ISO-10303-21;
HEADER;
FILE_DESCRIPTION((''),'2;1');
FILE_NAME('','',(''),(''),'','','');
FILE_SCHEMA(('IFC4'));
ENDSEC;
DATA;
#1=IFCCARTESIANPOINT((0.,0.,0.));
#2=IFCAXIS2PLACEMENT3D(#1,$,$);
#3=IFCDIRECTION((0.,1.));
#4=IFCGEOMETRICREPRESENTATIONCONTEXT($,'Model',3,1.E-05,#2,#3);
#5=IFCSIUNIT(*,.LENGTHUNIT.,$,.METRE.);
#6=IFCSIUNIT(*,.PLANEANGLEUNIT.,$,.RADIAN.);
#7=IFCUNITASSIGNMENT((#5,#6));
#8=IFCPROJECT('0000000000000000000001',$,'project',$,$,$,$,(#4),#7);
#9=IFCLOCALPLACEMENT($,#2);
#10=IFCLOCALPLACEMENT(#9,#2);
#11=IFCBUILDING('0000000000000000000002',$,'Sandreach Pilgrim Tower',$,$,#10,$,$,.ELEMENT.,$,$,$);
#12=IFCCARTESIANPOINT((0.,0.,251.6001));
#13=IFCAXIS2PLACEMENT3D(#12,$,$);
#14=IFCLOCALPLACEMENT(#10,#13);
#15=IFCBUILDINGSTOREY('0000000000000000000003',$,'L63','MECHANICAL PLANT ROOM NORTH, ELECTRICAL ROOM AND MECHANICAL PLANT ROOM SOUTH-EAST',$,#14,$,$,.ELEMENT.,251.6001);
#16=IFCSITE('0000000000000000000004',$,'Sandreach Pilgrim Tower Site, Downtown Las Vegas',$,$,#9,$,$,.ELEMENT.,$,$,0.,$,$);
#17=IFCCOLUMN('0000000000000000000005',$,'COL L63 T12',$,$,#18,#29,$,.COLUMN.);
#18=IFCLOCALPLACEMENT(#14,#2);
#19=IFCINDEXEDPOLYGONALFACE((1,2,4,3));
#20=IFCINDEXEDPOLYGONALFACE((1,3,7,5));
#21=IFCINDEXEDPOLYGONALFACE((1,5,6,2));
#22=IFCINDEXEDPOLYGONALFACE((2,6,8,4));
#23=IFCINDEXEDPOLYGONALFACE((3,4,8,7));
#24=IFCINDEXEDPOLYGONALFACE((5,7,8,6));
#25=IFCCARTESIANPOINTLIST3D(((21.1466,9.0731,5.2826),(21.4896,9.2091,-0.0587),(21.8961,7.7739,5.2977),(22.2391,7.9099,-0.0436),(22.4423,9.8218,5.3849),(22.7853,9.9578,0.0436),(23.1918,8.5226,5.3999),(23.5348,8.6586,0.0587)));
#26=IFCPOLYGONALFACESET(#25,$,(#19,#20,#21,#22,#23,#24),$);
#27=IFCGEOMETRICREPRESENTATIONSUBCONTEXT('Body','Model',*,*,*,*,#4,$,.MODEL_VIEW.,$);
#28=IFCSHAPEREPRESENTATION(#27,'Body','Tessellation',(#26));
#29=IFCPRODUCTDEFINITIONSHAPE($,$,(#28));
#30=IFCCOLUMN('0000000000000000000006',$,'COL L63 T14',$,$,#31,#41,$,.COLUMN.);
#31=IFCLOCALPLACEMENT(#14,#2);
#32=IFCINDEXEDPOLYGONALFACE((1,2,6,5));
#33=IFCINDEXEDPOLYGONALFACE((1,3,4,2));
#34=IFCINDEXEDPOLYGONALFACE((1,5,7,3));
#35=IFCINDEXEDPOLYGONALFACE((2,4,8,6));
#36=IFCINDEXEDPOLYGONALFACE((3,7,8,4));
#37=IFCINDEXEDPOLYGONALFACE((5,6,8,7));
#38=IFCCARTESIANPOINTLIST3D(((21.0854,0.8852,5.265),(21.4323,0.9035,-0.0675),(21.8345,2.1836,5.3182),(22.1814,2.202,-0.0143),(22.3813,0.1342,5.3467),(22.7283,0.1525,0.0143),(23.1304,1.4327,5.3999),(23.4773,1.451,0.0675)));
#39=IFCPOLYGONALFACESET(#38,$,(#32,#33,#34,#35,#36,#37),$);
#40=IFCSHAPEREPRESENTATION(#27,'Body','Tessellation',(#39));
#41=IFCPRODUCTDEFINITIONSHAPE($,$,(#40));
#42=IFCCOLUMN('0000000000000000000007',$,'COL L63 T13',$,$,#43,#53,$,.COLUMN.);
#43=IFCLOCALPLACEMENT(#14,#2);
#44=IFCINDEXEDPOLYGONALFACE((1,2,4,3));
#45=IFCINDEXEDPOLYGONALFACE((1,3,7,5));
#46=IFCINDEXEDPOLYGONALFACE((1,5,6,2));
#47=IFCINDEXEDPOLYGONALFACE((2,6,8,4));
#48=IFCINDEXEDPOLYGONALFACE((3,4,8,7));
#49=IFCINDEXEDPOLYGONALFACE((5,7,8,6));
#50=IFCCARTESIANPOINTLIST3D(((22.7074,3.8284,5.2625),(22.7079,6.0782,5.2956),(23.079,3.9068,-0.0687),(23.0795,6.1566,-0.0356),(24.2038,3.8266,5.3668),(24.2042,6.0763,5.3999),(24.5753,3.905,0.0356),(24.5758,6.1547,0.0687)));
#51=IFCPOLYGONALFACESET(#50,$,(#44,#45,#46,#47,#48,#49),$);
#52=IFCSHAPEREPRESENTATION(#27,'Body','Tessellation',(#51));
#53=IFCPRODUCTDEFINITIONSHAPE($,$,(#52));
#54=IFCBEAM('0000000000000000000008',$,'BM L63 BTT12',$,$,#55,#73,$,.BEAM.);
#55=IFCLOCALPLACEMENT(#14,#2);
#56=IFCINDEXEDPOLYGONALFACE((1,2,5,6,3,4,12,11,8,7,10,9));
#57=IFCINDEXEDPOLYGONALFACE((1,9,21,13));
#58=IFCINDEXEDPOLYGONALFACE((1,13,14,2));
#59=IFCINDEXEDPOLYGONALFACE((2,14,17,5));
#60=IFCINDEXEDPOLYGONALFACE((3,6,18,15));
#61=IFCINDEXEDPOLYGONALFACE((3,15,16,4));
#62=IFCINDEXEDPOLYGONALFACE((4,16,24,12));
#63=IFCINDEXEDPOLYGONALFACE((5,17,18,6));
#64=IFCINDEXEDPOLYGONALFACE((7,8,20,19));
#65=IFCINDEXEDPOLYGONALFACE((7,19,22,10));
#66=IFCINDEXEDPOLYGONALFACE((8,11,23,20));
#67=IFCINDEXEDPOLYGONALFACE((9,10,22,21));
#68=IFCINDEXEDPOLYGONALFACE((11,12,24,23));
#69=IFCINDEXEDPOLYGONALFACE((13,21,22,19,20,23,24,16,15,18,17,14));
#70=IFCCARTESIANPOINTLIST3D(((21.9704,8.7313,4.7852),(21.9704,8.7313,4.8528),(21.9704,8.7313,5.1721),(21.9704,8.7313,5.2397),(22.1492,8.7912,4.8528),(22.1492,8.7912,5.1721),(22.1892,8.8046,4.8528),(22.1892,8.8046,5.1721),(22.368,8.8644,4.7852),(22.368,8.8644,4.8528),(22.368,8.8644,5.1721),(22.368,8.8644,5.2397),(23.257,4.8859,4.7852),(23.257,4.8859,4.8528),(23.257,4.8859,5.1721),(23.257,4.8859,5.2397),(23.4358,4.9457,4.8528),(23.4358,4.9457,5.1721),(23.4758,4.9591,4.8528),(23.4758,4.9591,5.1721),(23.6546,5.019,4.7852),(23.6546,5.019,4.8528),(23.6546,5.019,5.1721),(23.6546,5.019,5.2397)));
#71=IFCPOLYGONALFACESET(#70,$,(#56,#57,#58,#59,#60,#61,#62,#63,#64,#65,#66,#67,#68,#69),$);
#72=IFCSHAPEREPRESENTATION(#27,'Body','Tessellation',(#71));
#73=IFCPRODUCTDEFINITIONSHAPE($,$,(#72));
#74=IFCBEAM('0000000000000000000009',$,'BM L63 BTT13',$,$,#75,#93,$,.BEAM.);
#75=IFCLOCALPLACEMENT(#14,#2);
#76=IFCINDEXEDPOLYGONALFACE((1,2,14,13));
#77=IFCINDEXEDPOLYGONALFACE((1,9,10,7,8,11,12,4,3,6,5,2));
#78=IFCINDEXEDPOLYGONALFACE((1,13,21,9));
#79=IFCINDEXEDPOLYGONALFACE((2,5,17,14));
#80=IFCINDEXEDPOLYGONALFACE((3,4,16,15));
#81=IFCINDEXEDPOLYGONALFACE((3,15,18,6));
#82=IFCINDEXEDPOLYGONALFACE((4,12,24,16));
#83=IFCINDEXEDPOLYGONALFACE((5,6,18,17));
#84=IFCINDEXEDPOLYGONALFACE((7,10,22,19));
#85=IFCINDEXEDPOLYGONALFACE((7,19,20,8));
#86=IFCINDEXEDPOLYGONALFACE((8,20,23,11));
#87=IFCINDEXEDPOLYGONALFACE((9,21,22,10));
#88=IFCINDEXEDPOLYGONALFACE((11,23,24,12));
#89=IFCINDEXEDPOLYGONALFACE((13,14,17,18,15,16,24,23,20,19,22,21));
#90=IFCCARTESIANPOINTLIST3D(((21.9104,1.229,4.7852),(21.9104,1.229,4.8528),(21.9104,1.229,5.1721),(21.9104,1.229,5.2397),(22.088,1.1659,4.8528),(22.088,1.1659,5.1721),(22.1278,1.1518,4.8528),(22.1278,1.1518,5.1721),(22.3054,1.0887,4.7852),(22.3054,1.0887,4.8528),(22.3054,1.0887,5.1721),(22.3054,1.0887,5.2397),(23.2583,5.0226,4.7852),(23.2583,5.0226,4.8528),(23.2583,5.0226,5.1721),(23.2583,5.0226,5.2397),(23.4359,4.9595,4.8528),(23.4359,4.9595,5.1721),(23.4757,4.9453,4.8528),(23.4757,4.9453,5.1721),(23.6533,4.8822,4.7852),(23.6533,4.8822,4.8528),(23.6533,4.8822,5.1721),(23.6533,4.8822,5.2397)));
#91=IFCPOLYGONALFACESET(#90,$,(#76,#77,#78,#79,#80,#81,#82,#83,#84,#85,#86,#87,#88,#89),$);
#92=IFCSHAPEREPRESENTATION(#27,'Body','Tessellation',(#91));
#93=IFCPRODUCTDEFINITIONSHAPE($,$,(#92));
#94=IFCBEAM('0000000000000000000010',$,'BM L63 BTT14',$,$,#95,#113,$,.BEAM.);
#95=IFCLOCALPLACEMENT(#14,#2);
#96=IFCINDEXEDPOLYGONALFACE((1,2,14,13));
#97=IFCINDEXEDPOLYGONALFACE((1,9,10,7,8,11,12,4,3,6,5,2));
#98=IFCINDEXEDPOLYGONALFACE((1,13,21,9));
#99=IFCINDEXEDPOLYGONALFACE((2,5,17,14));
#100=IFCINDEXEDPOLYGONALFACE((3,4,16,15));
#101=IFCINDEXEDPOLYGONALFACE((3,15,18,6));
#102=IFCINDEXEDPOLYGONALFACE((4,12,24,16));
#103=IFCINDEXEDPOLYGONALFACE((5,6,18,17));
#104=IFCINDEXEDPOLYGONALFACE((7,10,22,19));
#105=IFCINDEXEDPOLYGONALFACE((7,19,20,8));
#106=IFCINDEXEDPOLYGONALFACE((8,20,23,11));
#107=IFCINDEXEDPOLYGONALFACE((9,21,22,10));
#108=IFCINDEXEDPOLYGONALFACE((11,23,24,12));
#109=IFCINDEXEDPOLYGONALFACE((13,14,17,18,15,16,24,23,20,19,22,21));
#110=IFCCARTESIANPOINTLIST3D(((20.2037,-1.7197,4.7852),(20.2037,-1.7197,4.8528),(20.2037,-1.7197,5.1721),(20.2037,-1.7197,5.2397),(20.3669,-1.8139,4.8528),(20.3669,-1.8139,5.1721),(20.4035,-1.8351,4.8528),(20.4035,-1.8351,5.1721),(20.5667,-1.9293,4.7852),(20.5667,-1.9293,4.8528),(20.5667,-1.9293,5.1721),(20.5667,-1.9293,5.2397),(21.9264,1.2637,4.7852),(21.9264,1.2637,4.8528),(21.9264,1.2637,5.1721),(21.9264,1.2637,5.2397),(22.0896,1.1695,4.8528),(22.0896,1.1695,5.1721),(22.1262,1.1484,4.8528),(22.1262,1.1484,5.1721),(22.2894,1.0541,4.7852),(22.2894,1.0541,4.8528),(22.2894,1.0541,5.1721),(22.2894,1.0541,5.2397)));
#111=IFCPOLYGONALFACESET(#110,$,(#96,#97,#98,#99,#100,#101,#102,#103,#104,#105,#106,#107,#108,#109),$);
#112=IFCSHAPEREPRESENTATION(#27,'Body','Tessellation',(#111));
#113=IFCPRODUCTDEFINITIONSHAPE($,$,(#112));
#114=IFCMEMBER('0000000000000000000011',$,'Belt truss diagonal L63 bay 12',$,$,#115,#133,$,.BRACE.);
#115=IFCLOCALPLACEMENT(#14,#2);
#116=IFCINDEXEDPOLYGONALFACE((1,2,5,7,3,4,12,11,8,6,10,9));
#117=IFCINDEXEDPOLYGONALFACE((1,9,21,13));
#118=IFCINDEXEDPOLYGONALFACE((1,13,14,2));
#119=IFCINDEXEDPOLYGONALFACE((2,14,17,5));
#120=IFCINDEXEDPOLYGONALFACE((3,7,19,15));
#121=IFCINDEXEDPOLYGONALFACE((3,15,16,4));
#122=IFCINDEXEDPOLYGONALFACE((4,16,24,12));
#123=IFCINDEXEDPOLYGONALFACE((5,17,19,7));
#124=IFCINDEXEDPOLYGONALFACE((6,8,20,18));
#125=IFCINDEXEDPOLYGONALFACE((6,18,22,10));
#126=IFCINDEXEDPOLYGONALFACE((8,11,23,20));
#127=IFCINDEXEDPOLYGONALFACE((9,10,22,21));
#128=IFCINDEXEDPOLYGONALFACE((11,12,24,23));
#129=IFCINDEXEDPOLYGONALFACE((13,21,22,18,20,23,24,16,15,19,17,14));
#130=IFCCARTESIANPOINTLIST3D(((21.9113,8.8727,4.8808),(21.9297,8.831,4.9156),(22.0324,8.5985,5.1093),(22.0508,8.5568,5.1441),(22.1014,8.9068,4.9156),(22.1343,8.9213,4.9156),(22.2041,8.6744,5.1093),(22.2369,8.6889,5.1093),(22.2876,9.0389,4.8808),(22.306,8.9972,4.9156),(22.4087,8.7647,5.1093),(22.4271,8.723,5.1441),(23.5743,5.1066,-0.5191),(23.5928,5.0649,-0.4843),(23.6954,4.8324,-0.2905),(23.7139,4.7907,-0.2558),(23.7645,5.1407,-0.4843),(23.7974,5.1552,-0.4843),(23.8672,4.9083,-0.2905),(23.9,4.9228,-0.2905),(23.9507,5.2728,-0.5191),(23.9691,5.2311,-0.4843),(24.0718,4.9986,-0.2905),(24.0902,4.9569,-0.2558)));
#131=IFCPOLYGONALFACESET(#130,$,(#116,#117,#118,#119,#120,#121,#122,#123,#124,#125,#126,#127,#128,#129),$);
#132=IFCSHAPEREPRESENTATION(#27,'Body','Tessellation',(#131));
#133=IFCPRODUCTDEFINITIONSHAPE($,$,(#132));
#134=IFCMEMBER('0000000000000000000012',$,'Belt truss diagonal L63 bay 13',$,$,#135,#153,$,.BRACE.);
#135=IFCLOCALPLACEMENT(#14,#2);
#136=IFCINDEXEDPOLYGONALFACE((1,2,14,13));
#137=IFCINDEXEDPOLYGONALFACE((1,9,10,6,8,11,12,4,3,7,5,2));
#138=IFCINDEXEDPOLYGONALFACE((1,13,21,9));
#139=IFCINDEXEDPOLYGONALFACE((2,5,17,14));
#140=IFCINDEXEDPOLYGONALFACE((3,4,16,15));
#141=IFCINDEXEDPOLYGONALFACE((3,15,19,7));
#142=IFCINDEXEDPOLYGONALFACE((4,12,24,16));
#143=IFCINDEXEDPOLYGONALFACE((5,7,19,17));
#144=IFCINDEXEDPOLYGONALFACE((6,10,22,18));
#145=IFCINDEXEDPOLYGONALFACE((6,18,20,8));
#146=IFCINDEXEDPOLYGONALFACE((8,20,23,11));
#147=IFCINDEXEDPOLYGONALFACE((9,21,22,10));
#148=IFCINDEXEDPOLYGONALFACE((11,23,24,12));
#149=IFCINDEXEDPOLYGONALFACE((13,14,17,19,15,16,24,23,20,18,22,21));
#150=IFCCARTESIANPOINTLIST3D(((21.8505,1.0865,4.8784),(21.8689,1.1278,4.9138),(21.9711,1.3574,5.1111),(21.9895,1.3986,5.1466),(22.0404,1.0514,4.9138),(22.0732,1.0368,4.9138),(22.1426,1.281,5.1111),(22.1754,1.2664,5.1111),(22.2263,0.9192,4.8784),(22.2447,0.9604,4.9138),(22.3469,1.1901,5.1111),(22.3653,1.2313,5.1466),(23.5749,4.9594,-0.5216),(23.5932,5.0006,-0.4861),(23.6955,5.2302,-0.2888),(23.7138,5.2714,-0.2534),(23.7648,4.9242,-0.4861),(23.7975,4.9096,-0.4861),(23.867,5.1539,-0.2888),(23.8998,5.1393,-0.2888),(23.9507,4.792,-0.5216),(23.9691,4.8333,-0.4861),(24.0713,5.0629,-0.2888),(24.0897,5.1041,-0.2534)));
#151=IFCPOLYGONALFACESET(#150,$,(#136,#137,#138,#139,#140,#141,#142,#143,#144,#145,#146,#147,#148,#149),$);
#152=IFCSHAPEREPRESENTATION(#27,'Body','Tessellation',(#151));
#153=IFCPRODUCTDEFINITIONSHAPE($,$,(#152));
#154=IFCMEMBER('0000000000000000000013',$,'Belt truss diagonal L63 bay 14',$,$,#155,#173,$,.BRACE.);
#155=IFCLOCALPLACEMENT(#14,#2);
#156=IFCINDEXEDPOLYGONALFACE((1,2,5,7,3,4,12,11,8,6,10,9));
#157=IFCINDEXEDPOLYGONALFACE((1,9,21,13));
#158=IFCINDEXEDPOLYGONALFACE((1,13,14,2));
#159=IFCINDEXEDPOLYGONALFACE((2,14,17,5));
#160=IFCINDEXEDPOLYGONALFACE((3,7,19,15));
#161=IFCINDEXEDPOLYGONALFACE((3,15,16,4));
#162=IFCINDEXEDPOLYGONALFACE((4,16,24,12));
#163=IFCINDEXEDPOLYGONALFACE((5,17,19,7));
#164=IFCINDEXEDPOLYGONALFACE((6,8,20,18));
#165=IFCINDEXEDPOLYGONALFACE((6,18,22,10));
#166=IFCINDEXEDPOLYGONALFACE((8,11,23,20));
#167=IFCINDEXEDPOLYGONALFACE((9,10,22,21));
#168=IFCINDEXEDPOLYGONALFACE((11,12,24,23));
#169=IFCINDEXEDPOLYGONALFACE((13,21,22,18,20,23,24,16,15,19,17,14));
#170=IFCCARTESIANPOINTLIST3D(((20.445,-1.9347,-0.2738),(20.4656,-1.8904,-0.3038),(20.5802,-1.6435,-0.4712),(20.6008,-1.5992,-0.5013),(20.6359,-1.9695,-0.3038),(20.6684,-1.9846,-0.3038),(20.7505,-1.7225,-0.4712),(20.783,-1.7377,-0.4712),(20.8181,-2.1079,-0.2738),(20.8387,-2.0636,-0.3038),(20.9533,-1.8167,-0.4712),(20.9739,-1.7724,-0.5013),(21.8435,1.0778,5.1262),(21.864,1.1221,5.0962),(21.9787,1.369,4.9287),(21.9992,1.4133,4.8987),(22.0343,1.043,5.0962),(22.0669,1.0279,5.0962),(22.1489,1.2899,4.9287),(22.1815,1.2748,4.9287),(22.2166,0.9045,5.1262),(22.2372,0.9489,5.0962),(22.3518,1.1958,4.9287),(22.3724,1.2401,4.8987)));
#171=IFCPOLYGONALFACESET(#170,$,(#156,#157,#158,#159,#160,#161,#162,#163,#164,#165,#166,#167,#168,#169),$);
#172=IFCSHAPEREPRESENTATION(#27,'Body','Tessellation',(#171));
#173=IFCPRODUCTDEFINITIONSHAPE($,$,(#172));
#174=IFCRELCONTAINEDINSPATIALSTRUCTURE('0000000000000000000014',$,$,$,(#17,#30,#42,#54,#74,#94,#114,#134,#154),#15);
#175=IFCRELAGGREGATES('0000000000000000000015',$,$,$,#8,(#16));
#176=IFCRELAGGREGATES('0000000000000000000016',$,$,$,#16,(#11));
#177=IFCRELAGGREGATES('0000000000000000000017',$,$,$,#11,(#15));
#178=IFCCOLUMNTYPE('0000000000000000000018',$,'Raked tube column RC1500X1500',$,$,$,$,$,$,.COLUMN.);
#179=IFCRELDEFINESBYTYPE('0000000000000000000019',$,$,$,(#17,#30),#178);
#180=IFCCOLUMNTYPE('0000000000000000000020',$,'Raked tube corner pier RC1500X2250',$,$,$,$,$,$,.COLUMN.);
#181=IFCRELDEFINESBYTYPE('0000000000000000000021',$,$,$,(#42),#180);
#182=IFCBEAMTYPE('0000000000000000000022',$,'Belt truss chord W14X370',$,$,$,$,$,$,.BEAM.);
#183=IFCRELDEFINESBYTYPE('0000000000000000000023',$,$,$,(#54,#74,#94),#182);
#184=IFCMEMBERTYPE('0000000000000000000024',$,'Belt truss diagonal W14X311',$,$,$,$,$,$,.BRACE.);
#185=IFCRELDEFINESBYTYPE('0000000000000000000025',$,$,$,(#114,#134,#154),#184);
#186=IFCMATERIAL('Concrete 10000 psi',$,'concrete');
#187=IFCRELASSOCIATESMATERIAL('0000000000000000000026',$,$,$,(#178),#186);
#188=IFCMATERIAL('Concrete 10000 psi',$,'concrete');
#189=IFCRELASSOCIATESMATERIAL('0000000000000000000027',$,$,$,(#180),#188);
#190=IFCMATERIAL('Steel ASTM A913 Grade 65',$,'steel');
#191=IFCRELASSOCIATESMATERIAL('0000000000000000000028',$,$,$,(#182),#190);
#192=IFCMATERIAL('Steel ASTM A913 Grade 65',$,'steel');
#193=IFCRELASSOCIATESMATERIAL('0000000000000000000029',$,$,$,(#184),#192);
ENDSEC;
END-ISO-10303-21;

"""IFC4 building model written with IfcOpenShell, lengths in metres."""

from ifc_helpers import new_model, si_unit, direction, frame, origin, origin_2d, place, context, subcontext, project, spatial, rectangle, i_section, extrude, material, material_profile, profile_set, type_object, element, save


model = new_model("IFC4")

# Units and contexts
model_context = context("Model", 3, precision=1e-05, world=origin(), true_north=direction((0.0, 1.0)))
body_context = subcontext(model_context, "Body", "Model", "MODEL_VIEW")
ifc_project = project(units=[si_unit("LENGTHUNIT", "METRE"), si_unit("PLANEANGLEUNIT", "RADIAN")], contexts=[model_context])

# Site, building, storey
site_placement = place(None, origin())
site = spatial("IfcSite", under=ifc_project, at=site_placement, Name="Sandreach Pilgrim Tower Site, Downtown Las Vegas", CompositionType="ELEMENT", RefElevation=0.0)
building_placement = place(site_placement, origin())
building = spatial("IfcBuilding", under=site, at=building_placement, Name="Sandreach Pilgrim Tower", CompositionType="ELEMENT")
storey_placement = place(building_placement, frame((0.0, 0.0, 251.6001)))
storey = spatial("IfcBuildingStorey", under=building, at=storey_placement, Name="L63", Description="MECHANICAL PLANT ROOM NORTH, ELECTRICAL ROOM AND MECHANICAL PLANT ROOM SOUTH-EAST", CompositionType="ELEMENT", Elevation=251.6001)

# Columns
ifc_material_1 = material(Name="Concrete 10000 psi", Category="concrete")
ifc_material_profile_1 = material_profile(ifc_material_1, rectangle(XDim=1.5, YDim=1.5, at=origin_2d()), Name="RC1500X1500")
ifc_profile_set_1 = profile_set([ifc_material_profile_1], Name="Concrete 10000 psi")
column_type_1 = type_object("IfcColumnType", Name="Raked tube column RC1500X1500", PredefinedType="COLUMN", material=ifc_profile_set_1)
column_1_placement = place(storey_placement, frame((22.5122, 8.9338, 0.0), z_axis=(-0.064067, -0.025399, 0.997622), x_axis=(0.863841, 0.499128, 0.068183)))
element("IfcColumn", 1, at=column_1_placement, inside=storey, type_object=column_type_1, Name="COL L63 T12", PredefinedType="COLUMN", context=body_context, shape_type="SweptSolid", body=[
    extrude(rectangle(XDim=1.5, YDim=1.5, at=origin_2d()), origin(), (0.0, 0.0, 1.0), 5.354),
])
column_2_placement = place(storey_placement, frame((22.4548, 1.1772, 0.0), z_axis=(-0.064921, -0.003426, 0.997885), x_axis=(0.863948, -0.500624, 0.054488)))
element("IfcColumn", 2, at=column_2_placement, inside=storey, type_object=column_type_1, Name="COL L63 T14", PredefinedType="COLUMN", context=body_context, shape_type="SweptSolid", body=[
    extrude(rectangle(XDim=1.5, YDim=1.5, at=origin_2d()), origin(), (0.0, 0.0, 1.0), 5.3438),
])
ifc_material_2 = material(Name="Concrete 10000 psi", Category="concrete")
ifc_material_profile_2 = material_profile(ifc_material_2, rectangle(XDim=1.5, YDim=2.25, at=origin_2d()), Name="RC1500X2250")
ifc_profile_set_2 = profile_set([ifc_material_profile_2], Name="Concrete 10000 psi")
column_type_2 = type_object("IfcColumnType", Name="Raked tube corner pier RC1500X2250", PredefinedType="COLUMN", material=ifc_profile_set_2)
column_3_placement = place(storey_placement, frame((23.8274, 5.0308, 0.0), z_axis=(-0.069522, -0.014663, 0.997473), x_axis=(0.99758, -0.001239, 0.069511)))
element("IfcColumn", 3, at=column_3_placement, inside=storey, type_object=column_type_2, Name="COL L63 T13", PredefinedType="COLUMN", context=body_context, shape_type="SweptSolid", body=[
    extrude(rectangle(XDim=1.5, YDim=2.25, at=origin_2d()), origin(), (0.0, 0.0, 1.0), 5.3447),
])

# Beams
ifc_material_3 = material(Name="Steel ASTM A913 Grade 65", Category="steel")
ifc_material_profile_3 = material_profile(ifc_material_3, i_section(OverallWidth=0.4192, OverallDepth=0.4546, WebThickness=0.0422, FlangeThickness=0.0676, at=origin_2d()), Name="W14X370")
ifc_profile_set_3 = profile_set([ifc_material_profile_3], Name="Steel ASTM A913 Grade 65")
beam_type_1 = type_object("IfcBeamType", Name="Belt truss chord W14X370", PredefinedType="BEAM", material=ifc_profile_set_3)
beam_1_placement = place(storey_placement, frame((22.1692, 8.7979, 5.0125), z_axis=(0.317293, -0.948327, 0.0), x_axis=(0.948327, 0.317293, 0.0)))
element("IfcBeam", 4, at=beam_1_placement, inside=storey, type_object=beam_type_1, Name="BM L63 BTT12", PredefinedType="BEAM", context=body_context, shape_type="SweptSolid", body=[
    extrude(i_section(OverallWidth=0.4192, OverallDepth=0.4546, WebThickness=0.0422, FlangeThickness=0.0676, at=origin_2d()), origin(), (0.0, 0.0, 1.0), 4.0549),
])
beam_2_placement = place(storey_placement, frame((23.4558, 4.9524, 5.0125), z_axis=(-0.334815, -0.942284, 0.0), x_axis=(0.942284, -0.334815, 0.0)))
element("IfcBeam", 5, at=beam_2_placement, inside=storey, type_object=beam_type_1, Name="BM L63 BTT13", PredefinedType="BEAM", context=body_context, shape_type="SweptSolid", body=[
    extrude(i_section(OverallWidth=0.4192, OverallDepth=0.4546, WebThickness=0.0422, FlangeThickness=0.0676, at=origin_2d()), origin(), (0.0, 0.0, 1.0), 4.0259),
])
beam_3_placement = place(storey_placement, frame((22.1079, 1.1589, 5.0125), z_axis=(-0.500041, -0.866001, 0.0), x_axis=(0.866001, -0.500041, 0.0)))
element("IfcBeam", 6, at=beam_3_placement, inside=storey, type_object=beam_type_1, Name="BM L63 BTT14", PredefinedType="BEAM", context=body_context, shape_type="SweptSolid", body=[
    extrude(i_section(OverallWidth=0.4192, OverallDepth=0.4546, WebThickness=0.0422, FlangeThickness=0.0676, at=origin_2d()), origin(), (0.0, 0.0, 1.0), 3.4451),
])

# Members
ifc_material_4 = material(Name="Steel ASTM A913 Grade 65", Category="steel")
ifc_material_profile_4 = material_profile(ifc_material_4, i_section(OverallWidth=0.4114, OverallDepth=0.4343, WebThickness=0.0359, FlangeThickness=0.0574, at=origin_2d()), Name="W14X311")
ifc_profile_set_4 = profile_set([ifc_material_profile_4], Name="Steel ASTM A913 Grade 65")
member_type_1 = type_object("IfcMemberType", Name="Belt truss diagonal W14X311", PredefinedType="BRACE", material=ifc_profile_set_4)
member_1_placement = place(storey_placement, frame((22.1692, 8.7979, 5.0125), z_axis=(0.24492, -0.55463, -0.795236), x_axis=(0.914777, 0.403958, 0.0)))
element("IfcMember", 7, at=member_1_placement, inside=storey, type_object=member_type_1, Name="Belt truss diagonal L63 bay 12", PredefinedType="BRACE", context=body_context, shape_type="SweptSolid", body=[
    extrude(i_section(OverallWidth=0.4114, OverallDepth=0.4343, WebThickness=0.0359, FlangeThickness=0.0574, at=origin_2d()), origin(), (0.0, 0.0, 1.0), 6.7903),
])
member_2_placement = place(storey_placement, frame((23.8323, 5.0317, -0.3875), z_axis=(-0.251175, -0.564121, 0.786561), x_axis=(0.913538, -0.406753, 0.0)))
element("IfcMember", 8, at=member_2_placement, inside=storey, type_object=member_type_1, Name="Belt truss diagonal L63 bay 13", PredefinedType="BRACE", context=body_context, shape_type="SweptSolid", body=[
    extrude(i_section(OverallWidth=0.4114, OverallDepth=0.4343, WebThickness=0.0359, FlangeThickness=0.0574, at=origin_2d()), origin(), (0.0, 0.0, 1.0), 6.8652),
])
member_3_placement = place(storey_placement, frame((22.1079, 1.1589, 5.0125), z_axis=(-0.220591, -0.475186, -0.851785), x_axis=(0.907032, -0.421062, 0.0)))
element("IfcMember", 9, at=member_3_placement, inside=storey, type_object=member_type_1, Name="Belt truss diagonal L63 bay 14", PredefinedType="BRACE", context=body_context, shape_type="SweptSolid", body=[
    extrude(i_section(OverallWidth=0.4114, OverallDepth=0.4343, WebThickness=0.0359, FlangeThickness=0.0574, at=origin_2d()), origin(), (0.0, 0.0, 1.0), 6.3396),
])

save(model, "model.ifc")
